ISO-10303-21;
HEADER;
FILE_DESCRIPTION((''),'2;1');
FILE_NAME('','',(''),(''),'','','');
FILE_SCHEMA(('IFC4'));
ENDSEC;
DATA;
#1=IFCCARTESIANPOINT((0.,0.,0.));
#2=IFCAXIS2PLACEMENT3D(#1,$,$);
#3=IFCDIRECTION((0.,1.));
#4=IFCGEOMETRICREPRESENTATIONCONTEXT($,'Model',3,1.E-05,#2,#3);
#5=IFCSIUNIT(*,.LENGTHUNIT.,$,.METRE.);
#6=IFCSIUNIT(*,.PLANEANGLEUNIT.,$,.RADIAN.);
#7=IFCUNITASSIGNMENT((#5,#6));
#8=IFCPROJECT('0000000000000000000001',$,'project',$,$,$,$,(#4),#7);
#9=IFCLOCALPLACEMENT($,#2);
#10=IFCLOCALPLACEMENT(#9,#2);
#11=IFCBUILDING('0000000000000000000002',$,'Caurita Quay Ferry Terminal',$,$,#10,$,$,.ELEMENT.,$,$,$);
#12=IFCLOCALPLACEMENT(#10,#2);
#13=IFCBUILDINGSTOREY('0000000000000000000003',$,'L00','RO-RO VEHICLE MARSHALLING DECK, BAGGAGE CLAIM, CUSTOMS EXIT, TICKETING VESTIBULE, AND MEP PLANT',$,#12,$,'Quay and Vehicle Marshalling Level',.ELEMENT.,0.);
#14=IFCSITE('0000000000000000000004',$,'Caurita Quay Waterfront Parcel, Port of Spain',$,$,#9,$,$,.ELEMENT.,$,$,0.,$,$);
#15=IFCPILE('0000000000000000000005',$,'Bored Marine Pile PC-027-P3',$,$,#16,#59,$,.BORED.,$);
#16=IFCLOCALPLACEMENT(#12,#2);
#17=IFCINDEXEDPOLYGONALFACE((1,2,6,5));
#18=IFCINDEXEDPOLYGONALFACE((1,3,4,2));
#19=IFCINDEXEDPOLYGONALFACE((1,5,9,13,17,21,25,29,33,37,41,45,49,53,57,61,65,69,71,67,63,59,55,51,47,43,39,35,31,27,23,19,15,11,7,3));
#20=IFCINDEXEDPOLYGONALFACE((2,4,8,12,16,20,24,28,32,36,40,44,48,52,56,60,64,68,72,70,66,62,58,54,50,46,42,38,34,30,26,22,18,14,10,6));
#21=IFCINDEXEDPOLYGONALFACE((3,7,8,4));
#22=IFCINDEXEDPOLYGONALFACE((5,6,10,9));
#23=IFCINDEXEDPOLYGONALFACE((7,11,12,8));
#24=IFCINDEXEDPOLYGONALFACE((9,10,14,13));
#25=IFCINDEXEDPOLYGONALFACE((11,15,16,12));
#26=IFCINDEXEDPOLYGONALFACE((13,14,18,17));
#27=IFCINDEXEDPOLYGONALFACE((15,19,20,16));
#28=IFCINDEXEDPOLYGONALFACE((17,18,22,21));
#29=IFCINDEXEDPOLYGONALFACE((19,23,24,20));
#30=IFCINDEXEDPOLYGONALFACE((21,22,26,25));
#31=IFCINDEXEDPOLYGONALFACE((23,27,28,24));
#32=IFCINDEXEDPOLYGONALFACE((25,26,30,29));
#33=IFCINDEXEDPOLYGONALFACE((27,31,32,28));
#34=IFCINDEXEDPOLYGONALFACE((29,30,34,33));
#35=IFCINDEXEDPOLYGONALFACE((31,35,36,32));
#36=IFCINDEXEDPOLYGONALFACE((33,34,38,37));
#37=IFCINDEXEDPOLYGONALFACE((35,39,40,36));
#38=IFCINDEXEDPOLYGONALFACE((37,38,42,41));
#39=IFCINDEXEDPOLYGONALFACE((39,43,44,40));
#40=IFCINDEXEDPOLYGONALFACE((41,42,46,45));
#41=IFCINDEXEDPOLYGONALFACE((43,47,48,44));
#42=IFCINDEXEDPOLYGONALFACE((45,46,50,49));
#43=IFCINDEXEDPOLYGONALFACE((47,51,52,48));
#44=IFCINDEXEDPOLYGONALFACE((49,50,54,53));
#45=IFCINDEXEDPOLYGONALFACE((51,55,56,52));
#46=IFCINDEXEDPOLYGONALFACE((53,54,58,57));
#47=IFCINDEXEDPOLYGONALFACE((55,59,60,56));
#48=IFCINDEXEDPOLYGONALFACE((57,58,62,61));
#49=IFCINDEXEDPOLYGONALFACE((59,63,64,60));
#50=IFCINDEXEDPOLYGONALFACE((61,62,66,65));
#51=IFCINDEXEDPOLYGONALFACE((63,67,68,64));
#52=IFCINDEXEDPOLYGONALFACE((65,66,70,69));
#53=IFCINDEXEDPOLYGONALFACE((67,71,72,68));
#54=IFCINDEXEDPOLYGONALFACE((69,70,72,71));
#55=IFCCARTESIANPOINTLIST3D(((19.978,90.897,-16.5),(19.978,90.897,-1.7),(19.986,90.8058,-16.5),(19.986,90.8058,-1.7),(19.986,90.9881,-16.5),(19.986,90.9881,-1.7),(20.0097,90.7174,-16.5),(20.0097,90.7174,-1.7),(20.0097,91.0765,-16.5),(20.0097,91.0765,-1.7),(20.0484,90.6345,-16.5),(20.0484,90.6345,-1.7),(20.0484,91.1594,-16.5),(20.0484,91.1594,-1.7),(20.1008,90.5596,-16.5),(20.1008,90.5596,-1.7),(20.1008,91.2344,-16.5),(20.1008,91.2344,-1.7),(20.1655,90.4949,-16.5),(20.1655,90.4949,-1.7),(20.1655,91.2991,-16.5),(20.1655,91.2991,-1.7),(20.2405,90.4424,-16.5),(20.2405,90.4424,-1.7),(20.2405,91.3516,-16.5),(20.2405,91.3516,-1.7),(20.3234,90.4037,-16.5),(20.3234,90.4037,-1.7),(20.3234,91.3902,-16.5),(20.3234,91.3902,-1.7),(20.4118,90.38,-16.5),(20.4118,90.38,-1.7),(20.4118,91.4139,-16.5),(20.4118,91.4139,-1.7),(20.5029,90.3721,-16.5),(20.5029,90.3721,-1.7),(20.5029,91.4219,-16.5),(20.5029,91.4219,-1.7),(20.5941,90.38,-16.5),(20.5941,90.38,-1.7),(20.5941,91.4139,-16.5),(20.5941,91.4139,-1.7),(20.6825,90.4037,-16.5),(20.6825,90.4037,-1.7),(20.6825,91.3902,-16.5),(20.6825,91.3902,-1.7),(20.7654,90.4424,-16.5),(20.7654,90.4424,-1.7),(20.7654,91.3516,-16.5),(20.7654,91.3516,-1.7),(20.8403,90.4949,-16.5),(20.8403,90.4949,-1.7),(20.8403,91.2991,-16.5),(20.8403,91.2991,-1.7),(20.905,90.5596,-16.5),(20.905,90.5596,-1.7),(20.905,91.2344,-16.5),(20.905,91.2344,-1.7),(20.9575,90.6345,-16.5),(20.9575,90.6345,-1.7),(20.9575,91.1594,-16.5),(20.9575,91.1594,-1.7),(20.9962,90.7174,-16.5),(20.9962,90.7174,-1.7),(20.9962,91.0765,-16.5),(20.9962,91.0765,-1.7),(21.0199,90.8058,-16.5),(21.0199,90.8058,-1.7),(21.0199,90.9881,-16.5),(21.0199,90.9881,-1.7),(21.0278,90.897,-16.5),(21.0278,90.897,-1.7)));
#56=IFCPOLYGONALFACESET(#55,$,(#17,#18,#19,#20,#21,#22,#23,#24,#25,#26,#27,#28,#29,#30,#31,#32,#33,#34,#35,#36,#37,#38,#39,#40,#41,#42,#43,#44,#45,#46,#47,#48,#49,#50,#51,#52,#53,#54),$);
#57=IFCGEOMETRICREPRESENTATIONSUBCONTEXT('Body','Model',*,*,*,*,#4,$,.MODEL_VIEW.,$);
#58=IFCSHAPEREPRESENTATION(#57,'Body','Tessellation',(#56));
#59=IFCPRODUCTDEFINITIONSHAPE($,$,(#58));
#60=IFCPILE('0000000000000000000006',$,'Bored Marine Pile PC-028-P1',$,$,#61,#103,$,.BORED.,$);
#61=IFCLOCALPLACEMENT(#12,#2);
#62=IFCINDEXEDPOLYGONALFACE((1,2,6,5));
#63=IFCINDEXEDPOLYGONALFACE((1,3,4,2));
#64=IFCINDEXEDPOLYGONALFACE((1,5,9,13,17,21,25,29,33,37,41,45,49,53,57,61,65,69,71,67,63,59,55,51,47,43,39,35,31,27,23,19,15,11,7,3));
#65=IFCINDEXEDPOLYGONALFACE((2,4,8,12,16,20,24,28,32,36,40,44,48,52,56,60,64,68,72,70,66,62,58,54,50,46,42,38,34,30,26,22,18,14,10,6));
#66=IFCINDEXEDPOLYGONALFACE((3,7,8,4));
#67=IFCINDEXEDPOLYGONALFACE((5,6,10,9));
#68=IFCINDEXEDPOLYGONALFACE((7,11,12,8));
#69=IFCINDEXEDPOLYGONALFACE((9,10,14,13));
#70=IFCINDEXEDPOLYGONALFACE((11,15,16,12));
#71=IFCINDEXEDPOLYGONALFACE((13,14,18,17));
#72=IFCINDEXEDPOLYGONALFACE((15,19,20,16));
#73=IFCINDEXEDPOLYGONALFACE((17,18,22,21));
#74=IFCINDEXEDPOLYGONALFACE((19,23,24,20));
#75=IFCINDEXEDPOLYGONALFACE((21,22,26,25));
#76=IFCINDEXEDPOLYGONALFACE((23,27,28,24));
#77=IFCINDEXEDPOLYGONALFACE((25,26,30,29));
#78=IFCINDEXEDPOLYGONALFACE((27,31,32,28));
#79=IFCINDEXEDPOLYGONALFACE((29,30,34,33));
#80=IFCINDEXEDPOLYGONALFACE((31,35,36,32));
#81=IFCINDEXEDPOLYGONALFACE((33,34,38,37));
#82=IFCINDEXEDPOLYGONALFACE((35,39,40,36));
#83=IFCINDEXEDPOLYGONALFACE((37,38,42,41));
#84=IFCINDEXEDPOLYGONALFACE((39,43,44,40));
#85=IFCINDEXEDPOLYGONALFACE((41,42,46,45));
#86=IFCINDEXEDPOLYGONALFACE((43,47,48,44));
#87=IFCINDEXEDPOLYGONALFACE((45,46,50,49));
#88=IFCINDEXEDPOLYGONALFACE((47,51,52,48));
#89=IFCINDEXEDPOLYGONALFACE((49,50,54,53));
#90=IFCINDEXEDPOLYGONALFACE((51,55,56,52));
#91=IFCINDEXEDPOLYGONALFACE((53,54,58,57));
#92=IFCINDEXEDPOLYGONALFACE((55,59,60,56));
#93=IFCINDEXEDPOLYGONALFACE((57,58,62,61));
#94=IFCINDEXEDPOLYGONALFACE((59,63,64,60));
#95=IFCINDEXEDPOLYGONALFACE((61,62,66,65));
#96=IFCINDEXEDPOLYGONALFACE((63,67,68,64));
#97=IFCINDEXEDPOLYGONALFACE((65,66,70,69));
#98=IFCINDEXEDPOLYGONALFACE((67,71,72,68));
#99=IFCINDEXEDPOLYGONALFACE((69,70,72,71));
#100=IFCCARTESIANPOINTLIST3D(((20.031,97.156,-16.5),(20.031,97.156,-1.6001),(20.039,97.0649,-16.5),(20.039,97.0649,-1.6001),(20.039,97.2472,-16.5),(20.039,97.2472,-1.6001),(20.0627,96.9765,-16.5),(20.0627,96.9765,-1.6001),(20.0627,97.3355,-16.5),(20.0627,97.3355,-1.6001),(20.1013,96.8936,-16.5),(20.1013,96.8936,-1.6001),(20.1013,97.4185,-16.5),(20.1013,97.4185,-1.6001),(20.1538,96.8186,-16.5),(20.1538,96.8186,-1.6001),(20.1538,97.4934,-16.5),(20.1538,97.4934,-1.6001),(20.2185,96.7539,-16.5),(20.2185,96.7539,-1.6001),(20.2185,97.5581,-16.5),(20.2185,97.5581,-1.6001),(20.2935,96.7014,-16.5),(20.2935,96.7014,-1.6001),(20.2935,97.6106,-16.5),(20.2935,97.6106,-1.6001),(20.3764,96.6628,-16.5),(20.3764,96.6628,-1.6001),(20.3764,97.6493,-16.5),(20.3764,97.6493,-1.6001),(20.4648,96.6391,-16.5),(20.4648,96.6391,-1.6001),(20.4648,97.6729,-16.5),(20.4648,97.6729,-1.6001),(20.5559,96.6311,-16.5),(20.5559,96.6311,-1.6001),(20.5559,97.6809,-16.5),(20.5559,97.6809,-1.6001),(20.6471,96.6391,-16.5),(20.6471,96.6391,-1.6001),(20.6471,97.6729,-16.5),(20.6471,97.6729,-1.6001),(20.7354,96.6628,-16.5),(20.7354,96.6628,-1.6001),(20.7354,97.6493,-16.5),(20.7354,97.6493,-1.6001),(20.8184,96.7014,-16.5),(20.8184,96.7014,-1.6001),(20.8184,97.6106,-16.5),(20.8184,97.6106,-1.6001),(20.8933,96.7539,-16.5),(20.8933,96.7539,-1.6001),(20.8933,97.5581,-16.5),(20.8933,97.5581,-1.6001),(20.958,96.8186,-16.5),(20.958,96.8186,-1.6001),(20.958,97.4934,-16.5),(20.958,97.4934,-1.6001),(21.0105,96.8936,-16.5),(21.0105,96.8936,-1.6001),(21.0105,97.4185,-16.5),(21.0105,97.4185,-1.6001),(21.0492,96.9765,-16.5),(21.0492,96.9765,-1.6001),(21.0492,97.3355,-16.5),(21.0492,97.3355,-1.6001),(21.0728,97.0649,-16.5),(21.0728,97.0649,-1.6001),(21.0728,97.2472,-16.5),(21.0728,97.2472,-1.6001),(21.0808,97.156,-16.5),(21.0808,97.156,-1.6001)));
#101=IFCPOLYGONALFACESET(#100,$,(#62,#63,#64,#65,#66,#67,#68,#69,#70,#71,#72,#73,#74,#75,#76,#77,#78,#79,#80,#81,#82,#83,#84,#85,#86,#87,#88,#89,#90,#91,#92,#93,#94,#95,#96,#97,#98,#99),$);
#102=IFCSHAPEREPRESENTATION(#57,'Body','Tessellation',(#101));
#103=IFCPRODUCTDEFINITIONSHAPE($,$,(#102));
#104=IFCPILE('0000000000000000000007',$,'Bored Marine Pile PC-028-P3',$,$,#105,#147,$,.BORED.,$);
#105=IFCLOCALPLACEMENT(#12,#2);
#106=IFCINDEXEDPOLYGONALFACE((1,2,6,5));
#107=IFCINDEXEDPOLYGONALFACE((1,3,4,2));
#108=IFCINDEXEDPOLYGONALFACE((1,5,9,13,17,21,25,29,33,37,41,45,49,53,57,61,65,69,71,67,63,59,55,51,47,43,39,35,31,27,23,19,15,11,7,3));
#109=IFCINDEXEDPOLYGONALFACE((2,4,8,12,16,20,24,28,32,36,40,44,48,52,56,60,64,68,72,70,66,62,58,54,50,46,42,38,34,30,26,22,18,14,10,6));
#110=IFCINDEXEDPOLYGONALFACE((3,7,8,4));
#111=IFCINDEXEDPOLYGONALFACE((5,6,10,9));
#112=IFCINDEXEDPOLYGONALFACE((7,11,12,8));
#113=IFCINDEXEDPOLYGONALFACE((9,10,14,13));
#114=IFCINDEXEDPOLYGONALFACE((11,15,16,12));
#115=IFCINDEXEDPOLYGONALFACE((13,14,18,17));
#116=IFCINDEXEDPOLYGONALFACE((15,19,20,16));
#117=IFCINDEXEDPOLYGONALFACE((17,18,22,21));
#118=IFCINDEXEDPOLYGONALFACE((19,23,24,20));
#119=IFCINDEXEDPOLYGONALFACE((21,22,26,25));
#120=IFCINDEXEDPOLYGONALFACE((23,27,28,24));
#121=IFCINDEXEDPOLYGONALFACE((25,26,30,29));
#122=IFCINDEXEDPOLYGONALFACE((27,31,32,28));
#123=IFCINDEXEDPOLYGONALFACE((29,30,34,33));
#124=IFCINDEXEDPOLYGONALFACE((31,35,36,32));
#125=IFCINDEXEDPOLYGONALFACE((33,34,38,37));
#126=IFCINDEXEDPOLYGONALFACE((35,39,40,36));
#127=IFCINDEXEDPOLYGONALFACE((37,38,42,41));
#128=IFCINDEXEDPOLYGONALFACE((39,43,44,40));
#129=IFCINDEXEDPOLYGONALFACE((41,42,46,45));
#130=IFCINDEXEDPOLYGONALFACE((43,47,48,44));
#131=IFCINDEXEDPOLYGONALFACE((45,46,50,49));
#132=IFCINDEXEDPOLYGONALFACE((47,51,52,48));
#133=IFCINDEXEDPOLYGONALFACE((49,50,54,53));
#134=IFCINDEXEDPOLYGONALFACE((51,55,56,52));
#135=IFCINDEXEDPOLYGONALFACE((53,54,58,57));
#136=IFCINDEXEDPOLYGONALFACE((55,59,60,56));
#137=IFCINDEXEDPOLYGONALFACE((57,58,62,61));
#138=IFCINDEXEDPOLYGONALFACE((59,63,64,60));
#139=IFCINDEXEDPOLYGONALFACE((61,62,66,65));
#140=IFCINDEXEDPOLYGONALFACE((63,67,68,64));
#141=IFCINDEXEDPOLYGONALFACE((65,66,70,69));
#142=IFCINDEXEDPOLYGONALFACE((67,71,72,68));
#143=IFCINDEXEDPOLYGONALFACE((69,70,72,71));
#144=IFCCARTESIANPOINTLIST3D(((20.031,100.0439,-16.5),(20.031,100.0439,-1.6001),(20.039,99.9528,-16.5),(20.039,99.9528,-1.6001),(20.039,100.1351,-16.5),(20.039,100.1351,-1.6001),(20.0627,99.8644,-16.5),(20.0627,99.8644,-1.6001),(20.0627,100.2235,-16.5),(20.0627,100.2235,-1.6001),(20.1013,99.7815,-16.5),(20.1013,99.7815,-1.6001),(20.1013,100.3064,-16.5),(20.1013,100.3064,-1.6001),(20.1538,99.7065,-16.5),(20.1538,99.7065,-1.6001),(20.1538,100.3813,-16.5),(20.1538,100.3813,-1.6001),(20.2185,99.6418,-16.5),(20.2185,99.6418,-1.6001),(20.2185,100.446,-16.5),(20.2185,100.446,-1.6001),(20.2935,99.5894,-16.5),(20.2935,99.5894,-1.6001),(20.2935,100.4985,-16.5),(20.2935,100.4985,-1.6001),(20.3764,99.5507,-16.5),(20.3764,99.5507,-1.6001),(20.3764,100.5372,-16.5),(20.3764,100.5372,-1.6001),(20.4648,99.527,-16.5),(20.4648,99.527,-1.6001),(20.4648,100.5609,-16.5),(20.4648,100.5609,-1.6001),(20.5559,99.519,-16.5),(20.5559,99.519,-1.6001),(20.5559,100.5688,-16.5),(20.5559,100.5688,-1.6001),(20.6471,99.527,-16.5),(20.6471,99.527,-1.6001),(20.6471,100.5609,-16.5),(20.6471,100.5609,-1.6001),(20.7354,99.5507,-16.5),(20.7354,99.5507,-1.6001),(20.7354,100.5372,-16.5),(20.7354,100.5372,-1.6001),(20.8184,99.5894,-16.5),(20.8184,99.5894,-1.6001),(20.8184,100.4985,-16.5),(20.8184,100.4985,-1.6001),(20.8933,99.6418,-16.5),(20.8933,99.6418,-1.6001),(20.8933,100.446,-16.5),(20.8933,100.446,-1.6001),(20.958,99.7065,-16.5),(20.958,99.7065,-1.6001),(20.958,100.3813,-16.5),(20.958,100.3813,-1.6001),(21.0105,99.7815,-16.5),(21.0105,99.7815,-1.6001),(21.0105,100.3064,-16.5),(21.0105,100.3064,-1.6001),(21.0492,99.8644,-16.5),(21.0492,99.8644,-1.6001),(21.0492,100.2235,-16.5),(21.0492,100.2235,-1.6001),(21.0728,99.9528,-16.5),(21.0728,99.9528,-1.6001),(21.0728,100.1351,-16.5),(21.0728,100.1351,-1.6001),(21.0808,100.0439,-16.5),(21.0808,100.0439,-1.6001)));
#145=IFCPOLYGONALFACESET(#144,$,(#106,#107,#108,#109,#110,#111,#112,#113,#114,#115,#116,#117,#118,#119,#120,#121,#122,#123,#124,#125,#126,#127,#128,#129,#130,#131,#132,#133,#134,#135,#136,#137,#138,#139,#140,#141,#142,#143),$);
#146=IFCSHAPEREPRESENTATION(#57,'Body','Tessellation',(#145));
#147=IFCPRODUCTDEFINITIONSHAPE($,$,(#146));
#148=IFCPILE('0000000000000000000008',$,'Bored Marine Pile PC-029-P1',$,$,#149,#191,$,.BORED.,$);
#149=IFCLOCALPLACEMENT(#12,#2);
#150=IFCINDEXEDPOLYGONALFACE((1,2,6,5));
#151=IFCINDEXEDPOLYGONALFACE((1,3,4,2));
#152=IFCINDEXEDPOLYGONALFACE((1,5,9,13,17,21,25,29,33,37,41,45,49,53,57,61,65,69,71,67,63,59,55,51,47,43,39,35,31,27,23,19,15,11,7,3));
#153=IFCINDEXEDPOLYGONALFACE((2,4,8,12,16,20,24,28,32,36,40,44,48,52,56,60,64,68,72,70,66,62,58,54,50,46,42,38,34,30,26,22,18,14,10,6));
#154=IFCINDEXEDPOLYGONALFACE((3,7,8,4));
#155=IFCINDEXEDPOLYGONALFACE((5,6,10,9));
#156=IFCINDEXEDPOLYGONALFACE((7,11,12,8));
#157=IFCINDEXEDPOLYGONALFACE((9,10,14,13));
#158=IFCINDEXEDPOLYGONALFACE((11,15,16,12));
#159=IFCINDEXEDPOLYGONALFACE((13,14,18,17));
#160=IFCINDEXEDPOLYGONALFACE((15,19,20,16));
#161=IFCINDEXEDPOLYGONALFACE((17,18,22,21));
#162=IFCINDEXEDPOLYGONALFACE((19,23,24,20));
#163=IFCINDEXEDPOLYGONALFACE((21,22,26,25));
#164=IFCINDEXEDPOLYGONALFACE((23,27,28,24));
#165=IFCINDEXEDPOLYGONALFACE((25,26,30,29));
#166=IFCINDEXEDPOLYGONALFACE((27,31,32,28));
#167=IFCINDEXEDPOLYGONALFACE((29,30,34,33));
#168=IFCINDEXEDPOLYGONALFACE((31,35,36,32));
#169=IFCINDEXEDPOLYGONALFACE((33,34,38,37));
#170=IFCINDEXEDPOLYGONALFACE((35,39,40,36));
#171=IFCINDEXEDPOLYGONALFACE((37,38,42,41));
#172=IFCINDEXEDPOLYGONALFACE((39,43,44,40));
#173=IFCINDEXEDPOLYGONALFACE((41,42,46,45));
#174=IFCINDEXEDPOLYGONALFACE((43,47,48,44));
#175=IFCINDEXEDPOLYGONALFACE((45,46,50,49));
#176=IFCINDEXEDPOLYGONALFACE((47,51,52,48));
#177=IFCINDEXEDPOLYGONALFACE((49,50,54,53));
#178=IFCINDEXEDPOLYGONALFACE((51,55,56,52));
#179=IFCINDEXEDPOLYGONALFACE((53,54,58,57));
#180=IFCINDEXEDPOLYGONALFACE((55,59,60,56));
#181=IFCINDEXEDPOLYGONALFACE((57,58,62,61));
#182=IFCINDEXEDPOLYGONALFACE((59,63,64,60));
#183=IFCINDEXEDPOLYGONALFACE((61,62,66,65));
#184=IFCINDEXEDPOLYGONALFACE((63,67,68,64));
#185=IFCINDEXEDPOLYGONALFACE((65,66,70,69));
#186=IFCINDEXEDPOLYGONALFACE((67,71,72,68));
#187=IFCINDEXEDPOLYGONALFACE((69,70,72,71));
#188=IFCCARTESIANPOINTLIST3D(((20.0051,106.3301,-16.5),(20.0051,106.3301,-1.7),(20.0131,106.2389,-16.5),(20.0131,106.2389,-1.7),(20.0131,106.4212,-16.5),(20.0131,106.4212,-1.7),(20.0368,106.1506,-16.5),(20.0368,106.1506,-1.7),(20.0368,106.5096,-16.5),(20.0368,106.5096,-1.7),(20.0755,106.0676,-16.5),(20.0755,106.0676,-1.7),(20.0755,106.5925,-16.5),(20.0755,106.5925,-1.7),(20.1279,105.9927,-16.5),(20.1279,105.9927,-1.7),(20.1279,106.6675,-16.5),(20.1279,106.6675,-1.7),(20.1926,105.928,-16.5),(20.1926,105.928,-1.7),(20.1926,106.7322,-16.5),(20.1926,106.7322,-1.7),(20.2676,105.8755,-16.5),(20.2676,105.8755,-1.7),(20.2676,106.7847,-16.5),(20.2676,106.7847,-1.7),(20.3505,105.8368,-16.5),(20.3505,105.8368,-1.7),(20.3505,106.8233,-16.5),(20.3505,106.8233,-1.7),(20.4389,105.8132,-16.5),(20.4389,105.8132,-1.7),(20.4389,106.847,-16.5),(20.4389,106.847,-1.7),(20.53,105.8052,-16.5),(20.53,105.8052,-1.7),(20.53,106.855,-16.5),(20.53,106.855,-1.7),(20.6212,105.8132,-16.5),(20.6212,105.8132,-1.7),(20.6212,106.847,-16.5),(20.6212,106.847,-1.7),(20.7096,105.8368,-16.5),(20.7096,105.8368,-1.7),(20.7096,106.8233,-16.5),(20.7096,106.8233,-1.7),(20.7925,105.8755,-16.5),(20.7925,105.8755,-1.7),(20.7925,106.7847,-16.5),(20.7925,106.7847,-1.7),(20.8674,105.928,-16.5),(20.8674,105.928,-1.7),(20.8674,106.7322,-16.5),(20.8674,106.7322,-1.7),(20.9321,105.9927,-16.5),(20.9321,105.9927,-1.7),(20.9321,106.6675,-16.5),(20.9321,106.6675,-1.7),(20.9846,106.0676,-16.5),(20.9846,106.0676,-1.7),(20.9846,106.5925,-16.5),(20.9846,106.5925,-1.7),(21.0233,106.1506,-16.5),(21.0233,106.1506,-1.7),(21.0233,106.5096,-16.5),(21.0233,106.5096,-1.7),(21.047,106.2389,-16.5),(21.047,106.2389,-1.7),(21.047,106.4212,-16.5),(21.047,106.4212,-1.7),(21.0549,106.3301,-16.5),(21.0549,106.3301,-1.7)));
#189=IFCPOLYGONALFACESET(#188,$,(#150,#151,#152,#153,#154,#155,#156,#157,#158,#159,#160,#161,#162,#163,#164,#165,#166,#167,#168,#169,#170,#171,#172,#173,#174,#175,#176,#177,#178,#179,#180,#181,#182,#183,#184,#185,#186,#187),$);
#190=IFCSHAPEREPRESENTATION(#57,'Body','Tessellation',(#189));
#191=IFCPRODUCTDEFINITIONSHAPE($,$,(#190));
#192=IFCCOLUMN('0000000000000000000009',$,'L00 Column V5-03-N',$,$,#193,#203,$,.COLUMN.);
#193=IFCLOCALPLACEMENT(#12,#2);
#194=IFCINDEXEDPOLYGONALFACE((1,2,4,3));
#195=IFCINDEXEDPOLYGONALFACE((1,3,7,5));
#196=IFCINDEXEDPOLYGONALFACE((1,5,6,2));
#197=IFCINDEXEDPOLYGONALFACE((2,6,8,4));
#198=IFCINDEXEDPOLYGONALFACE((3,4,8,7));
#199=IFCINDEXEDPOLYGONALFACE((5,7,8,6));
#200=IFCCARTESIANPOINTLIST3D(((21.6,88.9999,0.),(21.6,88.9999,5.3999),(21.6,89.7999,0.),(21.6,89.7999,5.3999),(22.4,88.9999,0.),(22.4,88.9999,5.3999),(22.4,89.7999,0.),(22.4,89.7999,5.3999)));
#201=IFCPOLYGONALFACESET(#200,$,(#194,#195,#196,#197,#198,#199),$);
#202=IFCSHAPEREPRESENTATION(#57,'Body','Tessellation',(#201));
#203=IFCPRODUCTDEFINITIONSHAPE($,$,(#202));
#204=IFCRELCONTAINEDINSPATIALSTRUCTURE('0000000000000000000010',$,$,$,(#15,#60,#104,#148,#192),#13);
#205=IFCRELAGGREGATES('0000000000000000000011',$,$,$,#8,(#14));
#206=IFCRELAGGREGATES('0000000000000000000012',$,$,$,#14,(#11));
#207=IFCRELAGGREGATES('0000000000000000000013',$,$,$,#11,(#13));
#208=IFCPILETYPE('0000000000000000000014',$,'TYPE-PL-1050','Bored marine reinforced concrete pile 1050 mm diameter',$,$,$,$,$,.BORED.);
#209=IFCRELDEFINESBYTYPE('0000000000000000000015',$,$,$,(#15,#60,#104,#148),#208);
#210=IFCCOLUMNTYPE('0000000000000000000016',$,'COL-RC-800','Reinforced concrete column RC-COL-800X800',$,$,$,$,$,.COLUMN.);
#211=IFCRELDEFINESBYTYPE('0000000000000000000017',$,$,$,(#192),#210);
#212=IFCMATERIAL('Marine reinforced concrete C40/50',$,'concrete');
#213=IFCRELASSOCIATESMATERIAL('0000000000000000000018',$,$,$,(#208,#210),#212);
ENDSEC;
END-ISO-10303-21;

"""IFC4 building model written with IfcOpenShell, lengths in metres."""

from ifc_helpers import new_model, si_unit, direction, frame, origin, origin_2d, place, context, subcontext, project, spatial, rectangle, circle, extrude, material, material_profile, profile_set, type_object, element, save


model = new_model("IFC4")

# Units and contexts
model_context = context("Model", 3, precision=1e-05, world=origin(), true_north=direction((0.0, 1.0)))
body_context = subcontext(model_context, "Body", "Model", "MODEL_VIEW")
ifc_project = project(units=[si_unit("LENGTHUNIT", "METRE"), si_unit("PLANEANGLEUNIT", "RADIAN")], contexts=[model_context])

# Site, building, storey
site_placement = place(None, origin())
site = spatial("IfcSite", under=ifc_project, at=site_placement, Name="Caurita Quay Waterfront Parcel, Port of Spain", CompositionType="ELEMENT", RefElevation=0.0)
building_placement = place(site_placement, origin())
building = spatial("IfcBuilding", under=site, at=building_placement, Name="Caurita Quay Ferry Terminal", CompositionType="ELEMENT")
storey_placement = place(building_placement, origin())
storey = spatial("IfcBuildingStorey", under=building, at=storey_placement, Name="L00", Description="RO-RO VEHICLE MARSHALLING DECK, BAGGAGE CLAIM, CUSTOMS EXIT, TICKETING VESTIBULE, AND MEP PLANT", LongName="Quay and Vehicle Marshalling Level", CompositionType="ELEMENT", Elevation=0.0)

# Piles
ifc_material_1 = material(Name="Marine reinforced concrete C40/50", Category="concrete")
ifc_material_profile_1 = material_profile(ifc_material_1, circle(Radius=0.5249, at=origin_2d()), Name="PILE-D1050")
ifc_profile_set_1 = profile_set([ifc_material_profile_1], Name="Marine reinforced concrete C40/50")
pile_type = type_object("IfcPileType", Name="TYPE-PL-1050", Description="Bored marine reinforced concrete pile 1050 mm diameter", PredefinedType="BORED", material=ifc_profile_set_1)
for number, where, z_axis, x_axis, name in (
    (1, (20.5029, 90.897, -1.7), (0.0, 0.0, -1.0), (1.0, 0.0, 0.0), "Bored Marine Pile PC-027-P3"),
):
    element("IfcPile", number, at=place(storey_placement, frame(where, z_axis=z_axis, x_axis=x_axis)), inside=storey, type_object=pile_type, Name=name, PredefinedType="BORED", context=body_context, shape_type="SweptSolid", body=[
        extrude(circle(Radius=0.5249, at=origin_2d()), origin(), (0.0, 0.0, 1.0), 14.8),
    ])
for number, where, z_axis, x_axis, name in (
    (2, (20.5559, 97.156, -1.6001), (0.0, 0.0, -1.0), (1.0, 0.0, 0.0), "Bored Marine Pile PC-028-P1"),
    (3, (20.5559, 100.0439, -1.6001), (0.0, 0.0, -1.0), (1.0, 0.0, 0.0), "Bored Marine Pile PC-028-P3"),
):
    element("IfcPile", number, at=place(storey_placement, frame(where, z_axis=z_axis, x_axis=x_axis)), inside=storey, type_object=pile_type, Name=name, PredefinedType="BORED", context=body_context, shape_type="SweptSolid", body=[
        extrude(circle(Radius=0.5249, at=origin_2d()), origin(), (0.0, 0.0, 1.0), 14.8999),
    ])
pile_1_placement = place(storey_placement, frame((20.53, 106.3301, -1.7), z_axis=(0.0, 0.0, -1.0), x_axis=(1.0, 0.0, 0.0)))
element("IfcPile", 4, at=pile_1_placement, inside=storey, type_object=pile_type, Name="Bored Marine Pile PC-029-P1", PredefinedType="BORED", context=body_context, shape_type="SweptSolid", body=[
    extrude(circle(Radius=0.5249, at=origin_2d()), origin(), (0.0, 0.0, 1.0), 14.8),
])

# Column
ifc_material_profile_2 = material_profile(ifc_material_1, rectangle(XDim=0.8, YDim=0.8, at=origin_2d()), Name="RC-COL-800X800")
ifc_profile_set_2 = profile_set([ifc_material_profile_2], Name="Marine reinforced concrete C40/50")
column_type = type_object("IfcColumnType", Name="COL-RC-800", Description="Reinforced concrete column RC-COL-800X800", PredefinedType="COLUMN", material=ifc_profile_set_2)
for number, where, z_axis, x_axis, name in (
    (5, (22.0, 89.3999, 0.0), (0.0, 0.0, 1.0), (1.0, 0.0, 0.0), "L00 Column V5-03-N"),
):
    element("IfcColumn", number, at=place(storey_placement, frame(where, z_axis=z_axis, x_axis=x_axis)), inside=storey, type_object=column_type, Name=name, PredefinedType="COLUMN", context=body_context, shape_type="SweptSolid", body=[
        extrude(rectangle(XDim=0.8, YDim=0.8, at=origin_2d()), origin(), (0.0, 0.0, 1.0), 5.3999),
    ])

save(model, "model.ifc")
